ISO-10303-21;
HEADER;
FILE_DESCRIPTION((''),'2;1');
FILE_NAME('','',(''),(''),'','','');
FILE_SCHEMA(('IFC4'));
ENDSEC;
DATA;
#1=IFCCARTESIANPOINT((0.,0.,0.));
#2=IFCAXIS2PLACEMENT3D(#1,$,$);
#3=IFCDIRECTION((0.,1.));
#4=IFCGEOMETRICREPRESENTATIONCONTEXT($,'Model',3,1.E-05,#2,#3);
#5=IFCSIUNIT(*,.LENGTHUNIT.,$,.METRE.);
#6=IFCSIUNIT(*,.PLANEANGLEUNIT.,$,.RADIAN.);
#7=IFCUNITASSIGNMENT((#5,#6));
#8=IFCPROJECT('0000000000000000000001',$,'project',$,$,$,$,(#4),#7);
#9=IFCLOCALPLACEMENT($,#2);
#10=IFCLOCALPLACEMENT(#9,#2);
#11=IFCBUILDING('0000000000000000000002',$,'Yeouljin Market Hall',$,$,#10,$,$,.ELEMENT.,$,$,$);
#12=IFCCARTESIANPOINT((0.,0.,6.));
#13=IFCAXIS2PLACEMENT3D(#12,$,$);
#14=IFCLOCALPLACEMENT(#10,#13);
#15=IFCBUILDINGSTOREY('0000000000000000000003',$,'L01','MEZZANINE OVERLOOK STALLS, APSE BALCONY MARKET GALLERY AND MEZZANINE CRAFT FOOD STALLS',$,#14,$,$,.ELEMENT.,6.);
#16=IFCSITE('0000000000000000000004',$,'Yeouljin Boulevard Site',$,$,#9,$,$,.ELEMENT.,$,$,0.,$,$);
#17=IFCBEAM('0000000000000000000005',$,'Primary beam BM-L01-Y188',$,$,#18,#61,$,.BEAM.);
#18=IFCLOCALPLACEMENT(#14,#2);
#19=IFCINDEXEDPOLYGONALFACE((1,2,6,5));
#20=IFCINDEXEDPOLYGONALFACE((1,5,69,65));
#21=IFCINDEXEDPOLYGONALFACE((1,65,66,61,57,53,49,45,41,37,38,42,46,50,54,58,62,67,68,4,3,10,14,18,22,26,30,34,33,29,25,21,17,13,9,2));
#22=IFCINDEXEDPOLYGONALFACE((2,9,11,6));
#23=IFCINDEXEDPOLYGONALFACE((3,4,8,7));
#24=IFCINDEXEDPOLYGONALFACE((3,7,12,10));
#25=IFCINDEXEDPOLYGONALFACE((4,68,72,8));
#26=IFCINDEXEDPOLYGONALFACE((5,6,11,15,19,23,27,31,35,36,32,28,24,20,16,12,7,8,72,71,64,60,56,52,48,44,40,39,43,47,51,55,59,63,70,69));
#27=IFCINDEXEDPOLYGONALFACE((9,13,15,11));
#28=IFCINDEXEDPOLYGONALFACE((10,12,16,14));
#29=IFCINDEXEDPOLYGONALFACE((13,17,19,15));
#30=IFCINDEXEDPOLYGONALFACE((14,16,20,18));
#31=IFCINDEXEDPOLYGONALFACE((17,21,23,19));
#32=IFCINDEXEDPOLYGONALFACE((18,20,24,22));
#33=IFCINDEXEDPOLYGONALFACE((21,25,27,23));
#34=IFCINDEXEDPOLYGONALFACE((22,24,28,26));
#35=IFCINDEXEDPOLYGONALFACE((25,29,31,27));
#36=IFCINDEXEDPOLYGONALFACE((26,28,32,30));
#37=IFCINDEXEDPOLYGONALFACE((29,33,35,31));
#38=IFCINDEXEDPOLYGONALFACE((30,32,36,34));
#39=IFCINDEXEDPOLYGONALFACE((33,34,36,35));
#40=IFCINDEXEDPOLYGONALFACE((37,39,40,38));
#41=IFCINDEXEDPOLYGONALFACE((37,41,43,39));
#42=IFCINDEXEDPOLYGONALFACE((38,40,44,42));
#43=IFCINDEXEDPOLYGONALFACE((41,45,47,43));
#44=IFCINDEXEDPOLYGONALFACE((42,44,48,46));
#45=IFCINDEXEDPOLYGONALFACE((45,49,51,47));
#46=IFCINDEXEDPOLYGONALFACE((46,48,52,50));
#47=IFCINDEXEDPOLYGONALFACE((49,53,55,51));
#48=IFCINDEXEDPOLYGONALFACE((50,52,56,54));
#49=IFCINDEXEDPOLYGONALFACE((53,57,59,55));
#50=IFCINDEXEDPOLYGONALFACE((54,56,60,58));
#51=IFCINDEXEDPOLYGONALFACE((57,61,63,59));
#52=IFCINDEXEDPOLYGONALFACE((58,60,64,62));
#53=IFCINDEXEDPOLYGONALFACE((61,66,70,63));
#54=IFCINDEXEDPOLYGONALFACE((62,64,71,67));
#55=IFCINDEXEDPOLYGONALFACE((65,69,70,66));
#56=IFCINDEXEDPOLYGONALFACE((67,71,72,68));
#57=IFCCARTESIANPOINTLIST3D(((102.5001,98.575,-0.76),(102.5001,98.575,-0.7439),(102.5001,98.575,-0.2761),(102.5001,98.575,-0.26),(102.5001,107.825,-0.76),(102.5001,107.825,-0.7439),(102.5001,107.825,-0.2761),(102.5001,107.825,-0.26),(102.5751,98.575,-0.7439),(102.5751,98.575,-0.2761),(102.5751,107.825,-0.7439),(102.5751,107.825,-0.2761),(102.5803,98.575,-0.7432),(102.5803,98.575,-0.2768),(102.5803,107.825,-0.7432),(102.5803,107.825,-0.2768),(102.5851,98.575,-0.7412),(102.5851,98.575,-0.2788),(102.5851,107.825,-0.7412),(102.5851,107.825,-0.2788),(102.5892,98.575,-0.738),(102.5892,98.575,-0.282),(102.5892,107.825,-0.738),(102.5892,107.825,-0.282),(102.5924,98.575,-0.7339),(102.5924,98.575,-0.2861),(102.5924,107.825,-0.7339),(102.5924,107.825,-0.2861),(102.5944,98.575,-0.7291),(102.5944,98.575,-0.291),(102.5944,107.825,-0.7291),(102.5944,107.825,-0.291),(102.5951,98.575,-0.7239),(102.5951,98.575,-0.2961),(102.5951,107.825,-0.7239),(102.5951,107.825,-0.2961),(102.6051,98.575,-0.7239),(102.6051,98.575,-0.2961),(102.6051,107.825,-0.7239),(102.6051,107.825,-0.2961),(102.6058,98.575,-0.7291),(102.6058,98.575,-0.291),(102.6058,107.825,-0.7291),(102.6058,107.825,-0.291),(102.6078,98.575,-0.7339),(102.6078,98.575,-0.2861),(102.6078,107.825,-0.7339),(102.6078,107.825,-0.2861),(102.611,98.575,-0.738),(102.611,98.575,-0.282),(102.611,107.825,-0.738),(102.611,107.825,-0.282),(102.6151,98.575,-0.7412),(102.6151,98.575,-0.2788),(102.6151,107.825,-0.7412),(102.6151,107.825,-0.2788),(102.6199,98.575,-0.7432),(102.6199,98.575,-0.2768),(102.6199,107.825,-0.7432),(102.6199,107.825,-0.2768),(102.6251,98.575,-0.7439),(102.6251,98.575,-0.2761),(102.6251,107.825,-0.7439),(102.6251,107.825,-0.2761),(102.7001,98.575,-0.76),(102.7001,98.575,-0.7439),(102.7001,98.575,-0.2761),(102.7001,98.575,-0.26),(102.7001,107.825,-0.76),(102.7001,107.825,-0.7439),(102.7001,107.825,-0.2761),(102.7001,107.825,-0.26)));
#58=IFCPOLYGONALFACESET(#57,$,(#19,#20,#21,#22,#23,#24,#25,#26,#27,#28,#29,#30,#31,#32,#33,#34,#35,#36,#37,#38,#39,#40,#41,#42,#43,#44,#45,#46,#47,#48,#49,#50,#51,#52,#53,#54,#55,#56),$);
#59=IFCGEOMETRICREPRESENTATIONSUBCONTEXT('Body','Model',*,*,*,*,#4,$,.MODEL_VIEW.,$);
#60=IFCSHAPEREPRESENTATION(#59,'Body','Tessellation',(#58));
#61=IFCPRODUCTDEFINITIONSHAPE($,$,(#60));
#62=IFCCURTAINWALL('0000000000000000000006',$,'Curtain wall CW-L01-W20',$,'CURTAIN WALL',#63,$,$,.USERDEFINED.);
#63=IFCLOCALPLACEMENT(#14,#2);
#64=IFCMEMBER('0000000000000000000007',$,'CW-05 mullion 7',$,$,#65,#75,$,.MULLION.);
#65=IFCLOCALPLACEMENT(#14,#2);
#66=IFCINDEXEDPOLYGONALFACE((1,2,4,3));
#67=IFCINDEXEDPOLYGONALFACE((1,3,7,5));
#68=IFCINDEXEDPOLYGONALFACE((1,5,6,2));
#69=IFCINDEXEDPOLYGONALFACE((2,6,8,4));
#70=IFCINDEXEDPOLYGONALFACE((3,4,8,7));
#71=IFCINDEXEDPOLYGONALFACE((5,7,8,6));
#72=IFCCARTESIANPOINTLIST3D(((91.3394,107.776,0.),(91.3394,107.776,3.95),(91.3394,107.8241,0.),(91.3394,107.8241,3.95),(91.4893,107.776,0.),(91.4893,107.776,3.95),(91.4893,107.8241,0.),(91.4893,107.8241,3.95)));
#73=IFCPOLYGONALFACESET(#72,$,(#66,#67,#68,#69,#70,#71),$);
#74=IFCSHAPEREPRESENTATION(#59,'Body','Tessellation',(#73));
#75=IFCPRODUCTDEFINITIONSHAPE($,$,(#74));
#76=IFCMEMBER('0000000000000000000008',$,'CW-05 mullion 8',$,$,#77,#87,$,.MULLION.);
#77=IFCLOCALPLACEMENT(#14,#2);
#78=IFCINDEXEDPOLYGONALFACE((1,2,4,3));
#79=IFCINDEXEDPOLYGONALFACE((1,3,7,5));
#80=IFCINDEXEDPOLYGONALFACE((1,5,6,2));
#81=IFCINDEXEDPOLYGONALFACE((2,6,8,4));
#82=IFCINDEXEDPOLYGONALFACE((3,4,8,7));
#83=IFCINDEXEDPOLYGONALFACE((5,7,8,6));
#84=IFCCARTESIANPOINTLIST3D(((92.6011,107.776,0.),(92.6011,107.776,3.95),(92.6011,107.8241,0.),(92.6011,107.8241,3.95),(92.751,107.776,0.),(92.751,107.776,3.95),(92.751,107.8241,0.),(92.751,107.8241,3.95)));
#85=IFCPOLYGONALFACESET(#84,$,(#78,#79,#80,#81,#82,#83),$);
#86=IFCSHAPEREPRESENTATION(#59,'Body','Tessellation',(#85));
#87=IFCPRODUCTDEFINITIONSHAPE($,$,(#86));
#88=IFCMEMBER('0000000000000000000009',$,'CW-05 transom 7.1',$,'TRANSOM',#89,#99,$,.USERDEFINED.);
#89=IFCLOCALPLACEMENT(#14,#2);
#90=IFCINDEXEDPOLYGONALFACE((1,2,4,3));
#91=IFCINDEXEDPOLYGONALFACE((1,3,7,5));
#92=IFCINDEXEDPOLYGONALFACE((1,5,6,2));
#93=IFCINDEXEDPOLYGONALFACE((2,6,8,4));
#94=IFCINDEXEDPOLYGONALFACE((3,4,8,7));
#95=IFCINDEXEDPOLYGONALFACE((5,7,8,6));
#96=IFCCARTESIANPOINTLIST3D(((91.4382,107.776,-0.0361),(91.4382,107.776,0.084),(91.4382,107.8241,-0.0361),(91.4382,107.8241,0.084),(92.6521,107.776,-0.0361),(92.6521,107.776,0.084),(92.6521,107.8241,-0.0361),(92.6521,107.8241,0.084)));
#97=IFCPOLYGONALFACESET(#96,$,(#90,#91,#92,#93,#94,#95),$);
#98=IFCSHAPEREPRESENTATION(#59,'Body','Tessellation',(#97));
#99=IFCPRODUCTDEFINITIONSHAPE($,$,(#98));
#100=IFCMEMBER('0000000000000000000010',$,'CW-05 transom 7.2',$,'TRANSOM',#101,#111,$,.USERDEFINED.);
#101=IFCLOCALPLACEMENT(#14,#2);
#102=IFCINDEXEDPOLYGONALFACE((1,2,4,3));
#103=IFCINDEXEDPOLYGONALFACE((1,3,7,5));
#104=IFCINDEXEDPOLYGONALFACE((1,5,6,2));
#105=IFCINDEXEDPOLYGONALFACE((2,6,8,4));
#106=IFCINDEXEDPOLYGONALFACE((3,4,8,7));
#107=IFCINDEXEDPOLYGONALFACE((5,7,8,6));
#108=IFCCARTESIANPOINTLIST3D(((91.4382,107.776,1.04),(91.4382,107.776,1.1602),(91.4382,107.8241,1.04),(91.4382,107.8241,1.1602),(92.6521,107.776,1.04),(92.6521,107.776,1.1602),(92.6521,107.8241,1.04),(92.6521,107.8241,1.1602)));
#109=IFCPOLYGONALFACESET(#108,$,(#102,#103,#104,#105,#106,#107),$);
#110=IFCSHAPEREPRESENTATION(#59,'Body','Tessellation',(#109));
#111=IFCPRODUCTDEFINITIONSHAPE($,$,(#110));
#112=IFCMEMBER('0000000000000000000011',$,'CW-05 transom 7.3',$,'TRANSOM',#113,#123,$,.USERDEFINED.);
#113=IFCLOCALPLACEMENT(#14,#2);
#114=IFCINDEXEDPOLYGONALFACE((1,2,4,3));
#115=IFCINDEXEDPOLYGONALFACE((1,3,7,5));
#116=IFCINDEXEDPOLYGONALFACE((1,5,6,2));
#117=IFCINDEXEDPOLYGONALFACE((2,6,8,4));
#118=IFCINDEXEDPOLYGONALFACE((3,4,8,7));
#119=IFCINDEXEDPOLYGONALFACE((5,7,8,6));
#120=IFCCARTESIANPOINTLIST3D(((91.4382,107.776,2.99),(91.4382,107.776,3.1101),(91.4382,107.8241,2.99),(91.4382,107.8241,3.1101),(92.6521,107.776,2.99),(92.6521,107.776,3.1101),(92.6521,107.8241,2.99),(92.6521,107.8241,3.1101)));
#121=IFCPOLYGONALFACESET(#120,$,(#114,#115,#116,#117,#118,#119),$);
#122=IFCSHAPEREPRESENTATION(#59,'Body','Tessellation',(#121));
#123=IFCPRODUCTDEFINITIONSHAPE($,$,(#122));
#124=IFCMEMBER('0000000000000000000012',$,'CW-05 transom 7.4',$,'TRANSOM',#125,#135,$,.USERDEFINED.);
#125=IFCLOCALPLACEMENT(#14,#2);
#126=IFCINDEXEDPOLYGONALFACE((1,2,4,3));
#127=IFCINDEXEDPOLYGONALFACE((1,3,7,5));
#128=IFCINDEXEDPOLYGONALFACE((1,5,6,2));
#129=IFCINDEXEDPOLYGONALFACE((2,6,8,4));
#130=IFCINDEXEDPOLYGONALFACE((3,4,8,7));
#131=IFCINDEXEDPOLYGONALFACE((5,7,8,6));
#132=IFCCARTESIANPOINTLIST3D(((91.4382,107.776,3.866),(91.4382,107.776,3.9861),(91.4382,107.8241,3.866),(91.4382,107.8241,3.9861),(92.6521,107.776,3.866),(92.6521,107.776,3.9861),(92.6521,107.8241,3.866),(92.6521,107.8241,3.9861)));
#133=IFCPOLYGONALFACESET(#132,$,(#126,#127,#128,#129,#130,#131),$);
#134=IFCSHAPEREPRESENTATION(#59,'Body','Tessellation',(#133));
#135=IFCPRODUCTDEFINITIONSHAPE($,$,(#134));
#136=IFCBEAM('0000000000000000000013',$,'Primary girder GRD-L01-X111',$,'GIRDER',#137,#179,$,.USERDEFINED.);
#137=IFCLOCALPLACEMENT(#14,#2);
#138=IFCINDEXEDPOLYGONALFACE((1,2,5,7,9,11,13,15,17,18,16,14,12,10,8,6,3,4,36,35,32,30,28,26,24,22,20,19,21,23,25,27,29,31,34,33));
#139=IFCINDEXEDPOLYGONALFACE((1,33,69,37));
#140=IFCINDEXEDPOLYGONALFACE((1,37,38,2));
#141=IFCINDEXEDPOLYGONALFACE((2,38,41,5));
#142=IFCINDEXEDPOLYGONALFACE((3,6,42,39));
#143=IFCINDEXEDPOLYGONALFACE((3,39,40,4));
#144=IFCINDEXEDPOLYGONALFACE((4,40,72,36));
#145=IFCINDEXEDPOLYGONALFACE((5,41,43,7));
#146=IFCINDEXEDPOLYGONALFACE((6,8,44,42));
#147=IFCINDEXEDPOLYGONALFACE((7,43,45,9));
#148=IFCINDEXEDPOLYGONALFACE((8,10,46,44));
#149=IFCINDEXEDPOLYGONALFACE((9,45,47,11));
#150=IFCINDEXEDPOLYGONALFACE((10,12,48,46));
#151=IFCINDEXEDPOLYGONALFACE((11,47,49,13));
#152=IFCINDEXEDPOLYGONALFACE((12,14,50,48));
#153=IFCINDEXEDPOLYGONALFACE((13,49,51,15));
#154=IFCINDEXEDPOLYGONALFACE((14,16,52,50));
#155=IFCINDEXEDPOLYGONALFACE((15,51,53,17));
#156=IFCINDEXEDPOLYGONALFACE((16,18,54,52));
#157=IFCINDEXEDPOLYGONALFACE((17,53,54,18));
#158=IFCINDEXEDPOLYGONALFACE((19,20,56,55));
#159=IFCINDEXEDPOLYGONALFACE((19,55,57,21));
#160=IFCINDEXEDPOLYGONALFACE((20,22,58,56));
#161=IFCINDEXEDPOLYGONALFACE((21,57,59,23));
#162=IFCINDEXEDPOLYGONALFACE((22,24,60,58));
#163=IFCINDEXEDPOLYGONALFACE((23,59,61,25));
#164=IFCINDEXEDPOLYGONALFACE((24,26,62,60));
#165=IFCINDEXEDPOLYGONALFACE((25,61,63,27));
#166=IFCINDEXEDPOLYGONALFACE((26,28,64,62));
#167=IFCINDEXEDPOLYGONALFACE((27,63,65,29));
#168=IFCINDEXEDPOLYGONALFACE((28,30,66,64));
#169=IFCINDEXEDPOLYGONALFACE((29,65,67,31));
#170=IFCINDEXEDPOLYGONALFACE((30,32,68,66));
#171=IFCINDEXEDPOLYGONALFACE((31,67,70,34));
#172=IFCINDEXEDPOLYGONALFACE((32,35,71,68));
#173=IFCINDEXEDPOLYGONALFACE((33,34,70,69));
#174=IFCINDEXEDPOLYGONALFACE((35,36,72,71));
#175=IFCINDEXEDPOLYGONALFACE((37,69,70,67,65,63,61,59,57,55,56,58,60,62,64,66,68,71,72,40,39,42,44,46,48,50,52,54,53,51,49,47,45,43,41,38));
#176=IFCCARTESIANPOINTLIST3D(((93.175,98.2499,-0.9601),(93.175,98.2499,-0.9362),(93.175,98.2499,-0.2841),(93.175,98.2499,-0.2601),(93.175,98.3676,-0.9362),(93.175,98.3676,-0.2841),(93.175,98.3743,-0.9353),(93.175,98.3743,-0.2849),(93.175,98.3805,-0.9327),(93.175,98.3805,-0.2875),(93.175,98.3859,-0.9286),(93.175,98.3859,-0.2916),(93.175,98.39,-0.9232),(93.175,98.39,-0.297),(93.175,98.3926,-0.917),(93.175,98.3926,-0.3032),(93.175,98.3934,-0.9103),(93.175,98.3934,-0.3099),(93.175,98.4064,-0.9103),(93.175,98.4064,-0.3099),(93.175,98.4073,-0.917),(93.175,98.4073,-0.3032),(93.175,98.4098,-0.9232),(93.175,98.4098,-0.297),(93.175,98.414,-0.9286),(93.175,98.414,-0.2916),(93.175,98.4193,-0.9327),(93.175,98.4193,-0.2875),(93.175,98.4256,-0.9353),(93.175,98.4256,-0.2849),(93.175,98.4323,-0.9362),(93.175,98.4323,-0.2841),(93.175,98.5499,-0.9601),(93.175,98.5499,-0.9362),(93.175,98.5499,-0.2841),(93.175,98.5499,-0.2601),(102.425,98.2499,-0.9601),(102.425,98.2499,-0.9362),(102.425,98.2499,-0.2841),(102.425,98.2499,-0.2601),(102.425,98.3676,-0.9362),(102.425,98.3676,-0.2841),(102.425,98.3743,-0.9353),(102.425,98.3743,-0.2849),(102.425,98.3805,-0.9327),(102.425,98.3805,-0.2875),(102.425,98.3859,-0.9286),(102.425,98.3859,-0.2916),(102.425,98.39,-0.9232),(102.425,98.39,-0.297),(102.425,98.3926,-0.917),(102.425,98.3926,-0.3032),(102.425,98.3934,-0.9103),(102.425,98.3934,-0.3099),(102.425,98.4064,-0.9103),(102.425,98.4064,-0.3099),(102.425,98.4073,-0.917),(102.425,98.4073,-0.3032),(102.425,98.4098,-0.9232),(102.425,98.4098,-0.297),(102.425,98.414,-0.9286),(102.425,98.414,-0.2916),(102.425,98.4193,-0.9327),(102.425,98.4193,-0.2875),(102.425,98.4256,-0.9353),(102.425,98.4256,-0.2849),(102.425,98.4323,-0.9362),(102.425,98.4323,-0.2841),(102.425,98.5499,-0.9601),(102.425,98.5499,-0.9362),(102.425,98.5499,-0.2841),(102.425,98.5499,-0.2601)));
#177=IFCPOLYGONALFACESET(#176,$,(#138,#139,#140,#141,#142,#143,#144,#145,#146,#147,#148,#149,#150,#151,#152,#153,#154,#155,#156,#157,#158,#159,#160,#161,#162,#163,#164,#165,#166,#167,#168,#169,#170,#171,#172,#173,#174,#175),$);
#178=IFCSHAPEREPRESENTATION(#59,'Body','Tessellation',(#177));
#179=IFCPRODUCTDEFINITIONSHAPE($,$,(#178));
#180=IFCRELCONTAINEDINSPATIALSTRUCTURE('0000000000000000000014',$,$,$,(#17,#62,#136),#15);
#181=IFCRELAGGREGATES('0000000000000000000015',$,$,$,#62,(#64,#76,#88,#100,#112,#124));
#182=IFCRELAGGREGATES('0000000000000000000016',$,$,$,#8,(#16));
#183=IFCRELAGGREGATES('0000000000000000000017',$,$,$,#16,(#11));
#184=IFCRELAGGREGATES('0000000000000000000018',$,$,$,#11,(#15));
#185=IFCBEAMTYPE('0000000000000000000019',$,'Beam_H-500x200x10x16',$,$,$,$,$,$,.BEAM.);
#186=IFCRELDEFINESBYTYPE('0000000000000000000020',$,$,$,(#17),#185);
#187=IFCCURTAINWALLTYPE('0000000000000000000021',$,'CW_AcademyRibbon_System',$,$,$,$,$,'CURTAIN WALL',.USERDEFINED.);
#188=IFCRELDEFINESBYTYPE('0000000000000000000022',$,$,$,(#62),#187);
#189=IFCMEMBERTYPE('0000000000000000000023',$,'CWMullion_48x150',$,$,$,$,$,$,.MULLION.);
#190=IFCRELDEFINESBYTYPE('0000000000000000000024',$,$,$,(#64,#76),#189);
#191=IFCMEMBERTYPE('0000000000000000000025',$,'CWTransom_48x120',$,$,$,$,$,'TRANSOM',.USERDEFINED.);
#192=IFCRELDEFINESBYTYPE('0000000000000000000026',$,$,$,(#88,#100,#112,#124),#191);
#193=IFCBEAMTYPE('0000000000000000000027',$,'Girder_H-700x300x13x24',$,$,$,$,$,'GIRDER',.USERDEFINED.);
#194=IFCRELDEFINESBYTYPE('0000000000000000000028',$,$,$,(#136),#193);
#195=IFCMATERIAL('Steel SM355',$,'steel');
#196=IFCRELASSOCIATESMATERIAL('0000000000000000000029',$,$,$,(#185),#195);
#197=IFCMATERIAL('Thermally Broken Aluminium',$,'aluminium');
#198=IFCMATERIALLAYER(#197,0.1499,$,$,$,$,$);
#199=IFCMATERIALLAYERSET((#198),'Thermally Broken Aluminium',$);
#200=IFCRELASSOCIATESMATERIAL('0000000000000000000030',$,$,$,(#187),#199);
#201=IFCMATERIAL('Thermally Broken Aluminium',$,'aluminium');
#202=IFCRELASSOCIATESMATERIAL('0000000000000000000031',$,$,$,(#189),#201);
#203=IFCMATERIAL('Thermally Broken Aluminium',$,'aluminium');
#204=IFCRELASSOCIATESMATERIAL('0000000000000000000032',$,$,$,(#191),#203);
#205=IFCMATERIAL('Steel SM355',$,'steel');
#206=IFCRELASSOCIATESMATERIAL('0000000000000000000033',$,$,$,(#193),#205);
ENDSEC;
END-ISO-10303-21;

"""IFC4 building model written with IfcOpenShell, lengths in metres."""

from ifc_helpers import new_model, si_unit, direction, frame, origin, origin_2d, place, context, subcontext, project, spatial, rectangle, i_section, extrude, material, layer, layer_set, material_profile, profile_set, type_object, element, aggregate, save


model = new_model("IFC4")

# Units and contexts
model_context = context("Model", 3, precision=1e-05, world=origin(), true_north=direction((0.0, 1.0)))
body_context = subcontext(model_context, "Body", "Model", "MODEL_VIEW")
ifc_project = project(units=[si_unit("LENGTHUNIT", "METRE"), si_unit("PLANEANGLEUNIT", "RADIAN")], contexts=[model_context])

# Site, building, storey
site_placement = place(None, origin())
site = spatial("IfcSite", under=ifc_project, at=site_placement, Name="Yeouljin Boulevard Site", CompositionType="ELEMENT", RefElevation=0.0)
building_placement = place(site_placement, origin())
building = spatial("IfcBuilding", under=site, at=building_placement, Name="Yeouljin Market Hall", CompositionType="ELEMENT")
storey_placement = place(building_placement, frame((0.0, 0.0, 6.0)))
storey = spatial("IfcBuildingStorey", under=building, at=storey_placement, Name="L01", Description="MEZZANINE OVERLOOK STALLS, APSE BALCONY MARKET GALLERY AND MEZZANINE CRAFT FOOD STALLS", CompositionType="ELEMENT", Elevation=6.0)

# Beam
ifc_material_1 = material(Name="Steel SM355", Category="steel")
ifc_material_profile_1 = material_profile(ifc_material_1, i_section(OverallWidth=0.2, OverallDepth=0.5, WebThickness=0.01, FlangeThickness=0.0161, FilletRadius=0.02, at=origin_2d()), Name="H-500x200x10x16")
ifc_profile_set_1 = profile_set([ifc_material_profile_1], Name="Steel SM355")
beam_type_1 = type_object("IfcBeamType", Name="Beam_H-500x200x10x16", PredefinedType="BEAM", material=ifc_profile_set_1)
for number, where, z_axis, x_axis, name in (
    (1, (102.6001, 98.575, -0.51), (0.0, 1.0, 0.0), (-1.0, 0.0, 0.0), "Primary beam BM-L01-Y188"),
):
    element("IfcBeam", number, at=place(storey_placement, frame(where, z_axis=z_axis, x_axis=x_axis)), inside=storey, type_object=beam_type_1, Name=name, PredefinedType="BEAM", context=body_context, shape_type="SweptSolid", body=[
        extrude(i_section(OverallWidth=0.2, OverallDepth=0.5, WebThickness=0.01, FlangeThickness=0.0161, FilletRadius=0.02, at=origin_2d()), origin(), (0.0, 0.0, 1.0), 9.25),
    ])

# Curtain wall, members
ifc_material_2 = material(Name="Thermally Broken Aluminium", Category="aluminium")
ifc_layer_1 = layer(ifc_material_2, 0.1499)
ifc_layer_set_1 = layer_set([ifc_layer_1], Name="Thermally Broken Aluminium")
curtain_wall_type = type_object("IfcCurtainWallType", Name="CW_AcademyRibbon_System", ElementType="CURTAIN WALL", PredefinedType="USERDEFINED", material=ifc_layer_set_1)
curtain_wall_placement = place(storey_placement, origin())
curtain_wall = element("IfcCurtainWall", 2, at=curtain_wall_placement, inside=storey, type_object=curtain_wall_type, Name="Curtain wall CW-L01-W20", ObjectType="CURTAIN WALL", PredefinedType="USERDEFINED")
ifc_material_3 = material(Name="Thermally Broken Aluminium", Category="aluminium")
ifc_material_profile_2 = material_profile(ifc_material_3, rectangle(XDim=0.0481, YDim=0.1499, at=origin_2d()), Name="CW-MULL-48x150")
ifc_profile_set_2 = profile_set([ifc_material_profile_2], Name="Thermally Broken Aluminium")
member_type_1 = type_object("IfcMemberType", Name="CWMullion_48x150", PredefinedType="MULLION", material=ifc_profile_set_2)
member_1_placement = place(storey_placement, frame((91.4143, 107.8, 0.0), z_axis=(0.0, 0.0, 1.0), x_axis=(0.0, 1.0, 0.0)))
member_1 = element("IfcMember", 3, at=member_1_placement, type_object=member_type_1, Name="CW-05 mullion 7", PredefinedType="MULLION", context=body_context, shape_type="SweptSolid", body=[
    extrude(rectangle(XDim=0.0481, YDim=0.1499, at=origin_2d()), origin(), (0.0, 0.0, 1.0), 3.95),
])
member_2_placement = place(storey_placement, frame((92.676, 107.8, 0.0), z_axis=(0.0, 0.0, 1.0), x_axis=(0.0, 1.0, 0.0)))
member_2 = element("IfcMember", 4, at=member_2_placement, type_object=member_type_1, Name="CW-05 mullion 8", PredefinedType="MULLION", context=body_context, shape_type="SweptSolid", body=[
    extrude(rectangle(XDim=0.0481, YDim=0.1499, at=origin_2d()), origin(), (0.0, 0.0, 1.0), 3.95),
])
ifc_material_4 = material(Name="Thermally Broken Aluminium", Category="aluminium")
ifc_material_profile_3 = material_profile(ifc_material_4, rectangle(XDim=0.0481, YDim=0.1201, at=origin_2d()), Name="CW-TRAN-48x120")
ifc_profile_set_3 = profile_set([ifc_material_profile_3], Name="Thermally Broken Aluminium")
member_type_2 = type_object("IfcMemberType", Name="CWTransom_48x120", ElementType="TRANSOM", PredefinedType="USERDEFINED", material=ifc_profile_set_3)
member_3_placement = place(storey_placement, frame((91.4382, 107.8, 0.0239), z_axis=(1.0, 0.0, 0.0), x_axis=(0.0, 1.0, 0.0)))
member_3 = element("IfcMember", 5, at=member_3_placement, type_object=member_type_2, Name="CW-05 transom 7.1", ObjectType="TRANSOM", PredefinedType="USERDEFINED", context=body_context, shape_type="SweptSolid", body=[
    extrude(rectangle(XDim=0.0481, YDim=0.1201, at=origin_2d()), origin(), (0.0, 0.0, 1.0), 1.2139),
])
member_4_placement = place(storey_placement, frame((91.4382, 107.8, 1.1001), z_axis=(1.0, 0.0, 0.0), x_axis=(0.0, 1.0, 0.0)))
member_4 = element("IfcMember", 6, at=member_4_placement, type_object=member_type_2, Name="CW-05 transom 7.2", ObjectType="TRANSOM", PredefinedType="USERDEFINED", context=body_context, shape_type="SweptSolid", body=[
    extrude(rectangle(XDim=0.0481, YDim=0.1201, at=origin_2d()), origin(), (0.0, 0.0, 1.0), 1.2139),
])
member_5_placement = place(storey_placement, frame((91.4382, 107.8, 3.05), z_axis=(1.0, 0.0, 0.0), x_axis=(0.0, 1.0, 0.0)))
member_5 = element("IfcMember", 7, at=member_5_placement, type_object=member_type_2, Name="CW-05 transom 7.3", ObjectType="TRANSOM", PredefinedType="USERDEFINED", context=body_context, shape_type="SweptSolid", body=[
    extrude(rectangle(XDim=0.0481, YDim=0.1201, at=origin_2d()), origin(), (0.0, 0.0, 1.0), 1.2139),
])
member_6_placement = place(storey_placement, frame((91.4382, 107.8, 3.926), z_axis=(1.0, 0.0, 0.0), x_axis=(0.0, 1.0, 0.0)))
member_6 = element("IfcMember", 8, at=member_6_placement, type_object=member_type_2, Name="CW-05 transom 7.4", ObjectType="TRANSOM", PredefinedType="USERDEFINED", context=body_context, shape_type="SweptSolid", body=[
    extrude(rectangle(XDim=0.0481, YDim=0.1201, at=origin_2d()), origin(), (0.0, 0.0, 1.0), 1.2139),
])

# Beam
ifc_material_5 = material(Name="Steel SM355", Category="steel")
ifc_material_profile_4 = material_profile(ifc_material_5, i_section(OverallWidth=0.3, OverallDepth=0.7, WebThickness=0.0129, FlangeThickness=0.0239, FilletRadius=0.0259, at=origin_2d()), Name="H-700x300x13x24")
ifc_profile_set_4 = profile_set([ifc_material_profile_4], Name="Steel SM355")
beam_type_2 = type_object("IfcBeamType", Name="Girder_H-700x300x13x24", ElementType="GIRDER", PredefinedType="USERDEFINED", material=ifc_profile_set_4)
for number, where, z_axis, x_axis, name in (
    (9, (93.175, 98.3999, -0.6101), (1.0, 0.0, 0.0), (0.0, 1.0, 0.0), "Primary girder GRD-L01-X111"),
):
    element("IfcBeam", number, at=place(storey_placement, frame(where, z_axis=z_axis, x_axis=x_axis)), inside=storey, type_object=beam_type_2, Name=name, ObjectType="GIRDER", PredefinedType="USERDEFINED", context=body_context, shape_type="SweptSolid", body=[
        extrude(i_section(OverallWidth=0.3, OverallDepth=0.7, WebThickness=0.0129, FlangeThickness=0.0239, FilletRadius=0.0259, at=origin_2d()), origin(), (0.0, 0.0, 1.0), 9.25),
    ])

aggregate(curtain_wall, [member_1, member_2, member_3, member_4, member_5, member_6])

save(model, "model.ifc")
